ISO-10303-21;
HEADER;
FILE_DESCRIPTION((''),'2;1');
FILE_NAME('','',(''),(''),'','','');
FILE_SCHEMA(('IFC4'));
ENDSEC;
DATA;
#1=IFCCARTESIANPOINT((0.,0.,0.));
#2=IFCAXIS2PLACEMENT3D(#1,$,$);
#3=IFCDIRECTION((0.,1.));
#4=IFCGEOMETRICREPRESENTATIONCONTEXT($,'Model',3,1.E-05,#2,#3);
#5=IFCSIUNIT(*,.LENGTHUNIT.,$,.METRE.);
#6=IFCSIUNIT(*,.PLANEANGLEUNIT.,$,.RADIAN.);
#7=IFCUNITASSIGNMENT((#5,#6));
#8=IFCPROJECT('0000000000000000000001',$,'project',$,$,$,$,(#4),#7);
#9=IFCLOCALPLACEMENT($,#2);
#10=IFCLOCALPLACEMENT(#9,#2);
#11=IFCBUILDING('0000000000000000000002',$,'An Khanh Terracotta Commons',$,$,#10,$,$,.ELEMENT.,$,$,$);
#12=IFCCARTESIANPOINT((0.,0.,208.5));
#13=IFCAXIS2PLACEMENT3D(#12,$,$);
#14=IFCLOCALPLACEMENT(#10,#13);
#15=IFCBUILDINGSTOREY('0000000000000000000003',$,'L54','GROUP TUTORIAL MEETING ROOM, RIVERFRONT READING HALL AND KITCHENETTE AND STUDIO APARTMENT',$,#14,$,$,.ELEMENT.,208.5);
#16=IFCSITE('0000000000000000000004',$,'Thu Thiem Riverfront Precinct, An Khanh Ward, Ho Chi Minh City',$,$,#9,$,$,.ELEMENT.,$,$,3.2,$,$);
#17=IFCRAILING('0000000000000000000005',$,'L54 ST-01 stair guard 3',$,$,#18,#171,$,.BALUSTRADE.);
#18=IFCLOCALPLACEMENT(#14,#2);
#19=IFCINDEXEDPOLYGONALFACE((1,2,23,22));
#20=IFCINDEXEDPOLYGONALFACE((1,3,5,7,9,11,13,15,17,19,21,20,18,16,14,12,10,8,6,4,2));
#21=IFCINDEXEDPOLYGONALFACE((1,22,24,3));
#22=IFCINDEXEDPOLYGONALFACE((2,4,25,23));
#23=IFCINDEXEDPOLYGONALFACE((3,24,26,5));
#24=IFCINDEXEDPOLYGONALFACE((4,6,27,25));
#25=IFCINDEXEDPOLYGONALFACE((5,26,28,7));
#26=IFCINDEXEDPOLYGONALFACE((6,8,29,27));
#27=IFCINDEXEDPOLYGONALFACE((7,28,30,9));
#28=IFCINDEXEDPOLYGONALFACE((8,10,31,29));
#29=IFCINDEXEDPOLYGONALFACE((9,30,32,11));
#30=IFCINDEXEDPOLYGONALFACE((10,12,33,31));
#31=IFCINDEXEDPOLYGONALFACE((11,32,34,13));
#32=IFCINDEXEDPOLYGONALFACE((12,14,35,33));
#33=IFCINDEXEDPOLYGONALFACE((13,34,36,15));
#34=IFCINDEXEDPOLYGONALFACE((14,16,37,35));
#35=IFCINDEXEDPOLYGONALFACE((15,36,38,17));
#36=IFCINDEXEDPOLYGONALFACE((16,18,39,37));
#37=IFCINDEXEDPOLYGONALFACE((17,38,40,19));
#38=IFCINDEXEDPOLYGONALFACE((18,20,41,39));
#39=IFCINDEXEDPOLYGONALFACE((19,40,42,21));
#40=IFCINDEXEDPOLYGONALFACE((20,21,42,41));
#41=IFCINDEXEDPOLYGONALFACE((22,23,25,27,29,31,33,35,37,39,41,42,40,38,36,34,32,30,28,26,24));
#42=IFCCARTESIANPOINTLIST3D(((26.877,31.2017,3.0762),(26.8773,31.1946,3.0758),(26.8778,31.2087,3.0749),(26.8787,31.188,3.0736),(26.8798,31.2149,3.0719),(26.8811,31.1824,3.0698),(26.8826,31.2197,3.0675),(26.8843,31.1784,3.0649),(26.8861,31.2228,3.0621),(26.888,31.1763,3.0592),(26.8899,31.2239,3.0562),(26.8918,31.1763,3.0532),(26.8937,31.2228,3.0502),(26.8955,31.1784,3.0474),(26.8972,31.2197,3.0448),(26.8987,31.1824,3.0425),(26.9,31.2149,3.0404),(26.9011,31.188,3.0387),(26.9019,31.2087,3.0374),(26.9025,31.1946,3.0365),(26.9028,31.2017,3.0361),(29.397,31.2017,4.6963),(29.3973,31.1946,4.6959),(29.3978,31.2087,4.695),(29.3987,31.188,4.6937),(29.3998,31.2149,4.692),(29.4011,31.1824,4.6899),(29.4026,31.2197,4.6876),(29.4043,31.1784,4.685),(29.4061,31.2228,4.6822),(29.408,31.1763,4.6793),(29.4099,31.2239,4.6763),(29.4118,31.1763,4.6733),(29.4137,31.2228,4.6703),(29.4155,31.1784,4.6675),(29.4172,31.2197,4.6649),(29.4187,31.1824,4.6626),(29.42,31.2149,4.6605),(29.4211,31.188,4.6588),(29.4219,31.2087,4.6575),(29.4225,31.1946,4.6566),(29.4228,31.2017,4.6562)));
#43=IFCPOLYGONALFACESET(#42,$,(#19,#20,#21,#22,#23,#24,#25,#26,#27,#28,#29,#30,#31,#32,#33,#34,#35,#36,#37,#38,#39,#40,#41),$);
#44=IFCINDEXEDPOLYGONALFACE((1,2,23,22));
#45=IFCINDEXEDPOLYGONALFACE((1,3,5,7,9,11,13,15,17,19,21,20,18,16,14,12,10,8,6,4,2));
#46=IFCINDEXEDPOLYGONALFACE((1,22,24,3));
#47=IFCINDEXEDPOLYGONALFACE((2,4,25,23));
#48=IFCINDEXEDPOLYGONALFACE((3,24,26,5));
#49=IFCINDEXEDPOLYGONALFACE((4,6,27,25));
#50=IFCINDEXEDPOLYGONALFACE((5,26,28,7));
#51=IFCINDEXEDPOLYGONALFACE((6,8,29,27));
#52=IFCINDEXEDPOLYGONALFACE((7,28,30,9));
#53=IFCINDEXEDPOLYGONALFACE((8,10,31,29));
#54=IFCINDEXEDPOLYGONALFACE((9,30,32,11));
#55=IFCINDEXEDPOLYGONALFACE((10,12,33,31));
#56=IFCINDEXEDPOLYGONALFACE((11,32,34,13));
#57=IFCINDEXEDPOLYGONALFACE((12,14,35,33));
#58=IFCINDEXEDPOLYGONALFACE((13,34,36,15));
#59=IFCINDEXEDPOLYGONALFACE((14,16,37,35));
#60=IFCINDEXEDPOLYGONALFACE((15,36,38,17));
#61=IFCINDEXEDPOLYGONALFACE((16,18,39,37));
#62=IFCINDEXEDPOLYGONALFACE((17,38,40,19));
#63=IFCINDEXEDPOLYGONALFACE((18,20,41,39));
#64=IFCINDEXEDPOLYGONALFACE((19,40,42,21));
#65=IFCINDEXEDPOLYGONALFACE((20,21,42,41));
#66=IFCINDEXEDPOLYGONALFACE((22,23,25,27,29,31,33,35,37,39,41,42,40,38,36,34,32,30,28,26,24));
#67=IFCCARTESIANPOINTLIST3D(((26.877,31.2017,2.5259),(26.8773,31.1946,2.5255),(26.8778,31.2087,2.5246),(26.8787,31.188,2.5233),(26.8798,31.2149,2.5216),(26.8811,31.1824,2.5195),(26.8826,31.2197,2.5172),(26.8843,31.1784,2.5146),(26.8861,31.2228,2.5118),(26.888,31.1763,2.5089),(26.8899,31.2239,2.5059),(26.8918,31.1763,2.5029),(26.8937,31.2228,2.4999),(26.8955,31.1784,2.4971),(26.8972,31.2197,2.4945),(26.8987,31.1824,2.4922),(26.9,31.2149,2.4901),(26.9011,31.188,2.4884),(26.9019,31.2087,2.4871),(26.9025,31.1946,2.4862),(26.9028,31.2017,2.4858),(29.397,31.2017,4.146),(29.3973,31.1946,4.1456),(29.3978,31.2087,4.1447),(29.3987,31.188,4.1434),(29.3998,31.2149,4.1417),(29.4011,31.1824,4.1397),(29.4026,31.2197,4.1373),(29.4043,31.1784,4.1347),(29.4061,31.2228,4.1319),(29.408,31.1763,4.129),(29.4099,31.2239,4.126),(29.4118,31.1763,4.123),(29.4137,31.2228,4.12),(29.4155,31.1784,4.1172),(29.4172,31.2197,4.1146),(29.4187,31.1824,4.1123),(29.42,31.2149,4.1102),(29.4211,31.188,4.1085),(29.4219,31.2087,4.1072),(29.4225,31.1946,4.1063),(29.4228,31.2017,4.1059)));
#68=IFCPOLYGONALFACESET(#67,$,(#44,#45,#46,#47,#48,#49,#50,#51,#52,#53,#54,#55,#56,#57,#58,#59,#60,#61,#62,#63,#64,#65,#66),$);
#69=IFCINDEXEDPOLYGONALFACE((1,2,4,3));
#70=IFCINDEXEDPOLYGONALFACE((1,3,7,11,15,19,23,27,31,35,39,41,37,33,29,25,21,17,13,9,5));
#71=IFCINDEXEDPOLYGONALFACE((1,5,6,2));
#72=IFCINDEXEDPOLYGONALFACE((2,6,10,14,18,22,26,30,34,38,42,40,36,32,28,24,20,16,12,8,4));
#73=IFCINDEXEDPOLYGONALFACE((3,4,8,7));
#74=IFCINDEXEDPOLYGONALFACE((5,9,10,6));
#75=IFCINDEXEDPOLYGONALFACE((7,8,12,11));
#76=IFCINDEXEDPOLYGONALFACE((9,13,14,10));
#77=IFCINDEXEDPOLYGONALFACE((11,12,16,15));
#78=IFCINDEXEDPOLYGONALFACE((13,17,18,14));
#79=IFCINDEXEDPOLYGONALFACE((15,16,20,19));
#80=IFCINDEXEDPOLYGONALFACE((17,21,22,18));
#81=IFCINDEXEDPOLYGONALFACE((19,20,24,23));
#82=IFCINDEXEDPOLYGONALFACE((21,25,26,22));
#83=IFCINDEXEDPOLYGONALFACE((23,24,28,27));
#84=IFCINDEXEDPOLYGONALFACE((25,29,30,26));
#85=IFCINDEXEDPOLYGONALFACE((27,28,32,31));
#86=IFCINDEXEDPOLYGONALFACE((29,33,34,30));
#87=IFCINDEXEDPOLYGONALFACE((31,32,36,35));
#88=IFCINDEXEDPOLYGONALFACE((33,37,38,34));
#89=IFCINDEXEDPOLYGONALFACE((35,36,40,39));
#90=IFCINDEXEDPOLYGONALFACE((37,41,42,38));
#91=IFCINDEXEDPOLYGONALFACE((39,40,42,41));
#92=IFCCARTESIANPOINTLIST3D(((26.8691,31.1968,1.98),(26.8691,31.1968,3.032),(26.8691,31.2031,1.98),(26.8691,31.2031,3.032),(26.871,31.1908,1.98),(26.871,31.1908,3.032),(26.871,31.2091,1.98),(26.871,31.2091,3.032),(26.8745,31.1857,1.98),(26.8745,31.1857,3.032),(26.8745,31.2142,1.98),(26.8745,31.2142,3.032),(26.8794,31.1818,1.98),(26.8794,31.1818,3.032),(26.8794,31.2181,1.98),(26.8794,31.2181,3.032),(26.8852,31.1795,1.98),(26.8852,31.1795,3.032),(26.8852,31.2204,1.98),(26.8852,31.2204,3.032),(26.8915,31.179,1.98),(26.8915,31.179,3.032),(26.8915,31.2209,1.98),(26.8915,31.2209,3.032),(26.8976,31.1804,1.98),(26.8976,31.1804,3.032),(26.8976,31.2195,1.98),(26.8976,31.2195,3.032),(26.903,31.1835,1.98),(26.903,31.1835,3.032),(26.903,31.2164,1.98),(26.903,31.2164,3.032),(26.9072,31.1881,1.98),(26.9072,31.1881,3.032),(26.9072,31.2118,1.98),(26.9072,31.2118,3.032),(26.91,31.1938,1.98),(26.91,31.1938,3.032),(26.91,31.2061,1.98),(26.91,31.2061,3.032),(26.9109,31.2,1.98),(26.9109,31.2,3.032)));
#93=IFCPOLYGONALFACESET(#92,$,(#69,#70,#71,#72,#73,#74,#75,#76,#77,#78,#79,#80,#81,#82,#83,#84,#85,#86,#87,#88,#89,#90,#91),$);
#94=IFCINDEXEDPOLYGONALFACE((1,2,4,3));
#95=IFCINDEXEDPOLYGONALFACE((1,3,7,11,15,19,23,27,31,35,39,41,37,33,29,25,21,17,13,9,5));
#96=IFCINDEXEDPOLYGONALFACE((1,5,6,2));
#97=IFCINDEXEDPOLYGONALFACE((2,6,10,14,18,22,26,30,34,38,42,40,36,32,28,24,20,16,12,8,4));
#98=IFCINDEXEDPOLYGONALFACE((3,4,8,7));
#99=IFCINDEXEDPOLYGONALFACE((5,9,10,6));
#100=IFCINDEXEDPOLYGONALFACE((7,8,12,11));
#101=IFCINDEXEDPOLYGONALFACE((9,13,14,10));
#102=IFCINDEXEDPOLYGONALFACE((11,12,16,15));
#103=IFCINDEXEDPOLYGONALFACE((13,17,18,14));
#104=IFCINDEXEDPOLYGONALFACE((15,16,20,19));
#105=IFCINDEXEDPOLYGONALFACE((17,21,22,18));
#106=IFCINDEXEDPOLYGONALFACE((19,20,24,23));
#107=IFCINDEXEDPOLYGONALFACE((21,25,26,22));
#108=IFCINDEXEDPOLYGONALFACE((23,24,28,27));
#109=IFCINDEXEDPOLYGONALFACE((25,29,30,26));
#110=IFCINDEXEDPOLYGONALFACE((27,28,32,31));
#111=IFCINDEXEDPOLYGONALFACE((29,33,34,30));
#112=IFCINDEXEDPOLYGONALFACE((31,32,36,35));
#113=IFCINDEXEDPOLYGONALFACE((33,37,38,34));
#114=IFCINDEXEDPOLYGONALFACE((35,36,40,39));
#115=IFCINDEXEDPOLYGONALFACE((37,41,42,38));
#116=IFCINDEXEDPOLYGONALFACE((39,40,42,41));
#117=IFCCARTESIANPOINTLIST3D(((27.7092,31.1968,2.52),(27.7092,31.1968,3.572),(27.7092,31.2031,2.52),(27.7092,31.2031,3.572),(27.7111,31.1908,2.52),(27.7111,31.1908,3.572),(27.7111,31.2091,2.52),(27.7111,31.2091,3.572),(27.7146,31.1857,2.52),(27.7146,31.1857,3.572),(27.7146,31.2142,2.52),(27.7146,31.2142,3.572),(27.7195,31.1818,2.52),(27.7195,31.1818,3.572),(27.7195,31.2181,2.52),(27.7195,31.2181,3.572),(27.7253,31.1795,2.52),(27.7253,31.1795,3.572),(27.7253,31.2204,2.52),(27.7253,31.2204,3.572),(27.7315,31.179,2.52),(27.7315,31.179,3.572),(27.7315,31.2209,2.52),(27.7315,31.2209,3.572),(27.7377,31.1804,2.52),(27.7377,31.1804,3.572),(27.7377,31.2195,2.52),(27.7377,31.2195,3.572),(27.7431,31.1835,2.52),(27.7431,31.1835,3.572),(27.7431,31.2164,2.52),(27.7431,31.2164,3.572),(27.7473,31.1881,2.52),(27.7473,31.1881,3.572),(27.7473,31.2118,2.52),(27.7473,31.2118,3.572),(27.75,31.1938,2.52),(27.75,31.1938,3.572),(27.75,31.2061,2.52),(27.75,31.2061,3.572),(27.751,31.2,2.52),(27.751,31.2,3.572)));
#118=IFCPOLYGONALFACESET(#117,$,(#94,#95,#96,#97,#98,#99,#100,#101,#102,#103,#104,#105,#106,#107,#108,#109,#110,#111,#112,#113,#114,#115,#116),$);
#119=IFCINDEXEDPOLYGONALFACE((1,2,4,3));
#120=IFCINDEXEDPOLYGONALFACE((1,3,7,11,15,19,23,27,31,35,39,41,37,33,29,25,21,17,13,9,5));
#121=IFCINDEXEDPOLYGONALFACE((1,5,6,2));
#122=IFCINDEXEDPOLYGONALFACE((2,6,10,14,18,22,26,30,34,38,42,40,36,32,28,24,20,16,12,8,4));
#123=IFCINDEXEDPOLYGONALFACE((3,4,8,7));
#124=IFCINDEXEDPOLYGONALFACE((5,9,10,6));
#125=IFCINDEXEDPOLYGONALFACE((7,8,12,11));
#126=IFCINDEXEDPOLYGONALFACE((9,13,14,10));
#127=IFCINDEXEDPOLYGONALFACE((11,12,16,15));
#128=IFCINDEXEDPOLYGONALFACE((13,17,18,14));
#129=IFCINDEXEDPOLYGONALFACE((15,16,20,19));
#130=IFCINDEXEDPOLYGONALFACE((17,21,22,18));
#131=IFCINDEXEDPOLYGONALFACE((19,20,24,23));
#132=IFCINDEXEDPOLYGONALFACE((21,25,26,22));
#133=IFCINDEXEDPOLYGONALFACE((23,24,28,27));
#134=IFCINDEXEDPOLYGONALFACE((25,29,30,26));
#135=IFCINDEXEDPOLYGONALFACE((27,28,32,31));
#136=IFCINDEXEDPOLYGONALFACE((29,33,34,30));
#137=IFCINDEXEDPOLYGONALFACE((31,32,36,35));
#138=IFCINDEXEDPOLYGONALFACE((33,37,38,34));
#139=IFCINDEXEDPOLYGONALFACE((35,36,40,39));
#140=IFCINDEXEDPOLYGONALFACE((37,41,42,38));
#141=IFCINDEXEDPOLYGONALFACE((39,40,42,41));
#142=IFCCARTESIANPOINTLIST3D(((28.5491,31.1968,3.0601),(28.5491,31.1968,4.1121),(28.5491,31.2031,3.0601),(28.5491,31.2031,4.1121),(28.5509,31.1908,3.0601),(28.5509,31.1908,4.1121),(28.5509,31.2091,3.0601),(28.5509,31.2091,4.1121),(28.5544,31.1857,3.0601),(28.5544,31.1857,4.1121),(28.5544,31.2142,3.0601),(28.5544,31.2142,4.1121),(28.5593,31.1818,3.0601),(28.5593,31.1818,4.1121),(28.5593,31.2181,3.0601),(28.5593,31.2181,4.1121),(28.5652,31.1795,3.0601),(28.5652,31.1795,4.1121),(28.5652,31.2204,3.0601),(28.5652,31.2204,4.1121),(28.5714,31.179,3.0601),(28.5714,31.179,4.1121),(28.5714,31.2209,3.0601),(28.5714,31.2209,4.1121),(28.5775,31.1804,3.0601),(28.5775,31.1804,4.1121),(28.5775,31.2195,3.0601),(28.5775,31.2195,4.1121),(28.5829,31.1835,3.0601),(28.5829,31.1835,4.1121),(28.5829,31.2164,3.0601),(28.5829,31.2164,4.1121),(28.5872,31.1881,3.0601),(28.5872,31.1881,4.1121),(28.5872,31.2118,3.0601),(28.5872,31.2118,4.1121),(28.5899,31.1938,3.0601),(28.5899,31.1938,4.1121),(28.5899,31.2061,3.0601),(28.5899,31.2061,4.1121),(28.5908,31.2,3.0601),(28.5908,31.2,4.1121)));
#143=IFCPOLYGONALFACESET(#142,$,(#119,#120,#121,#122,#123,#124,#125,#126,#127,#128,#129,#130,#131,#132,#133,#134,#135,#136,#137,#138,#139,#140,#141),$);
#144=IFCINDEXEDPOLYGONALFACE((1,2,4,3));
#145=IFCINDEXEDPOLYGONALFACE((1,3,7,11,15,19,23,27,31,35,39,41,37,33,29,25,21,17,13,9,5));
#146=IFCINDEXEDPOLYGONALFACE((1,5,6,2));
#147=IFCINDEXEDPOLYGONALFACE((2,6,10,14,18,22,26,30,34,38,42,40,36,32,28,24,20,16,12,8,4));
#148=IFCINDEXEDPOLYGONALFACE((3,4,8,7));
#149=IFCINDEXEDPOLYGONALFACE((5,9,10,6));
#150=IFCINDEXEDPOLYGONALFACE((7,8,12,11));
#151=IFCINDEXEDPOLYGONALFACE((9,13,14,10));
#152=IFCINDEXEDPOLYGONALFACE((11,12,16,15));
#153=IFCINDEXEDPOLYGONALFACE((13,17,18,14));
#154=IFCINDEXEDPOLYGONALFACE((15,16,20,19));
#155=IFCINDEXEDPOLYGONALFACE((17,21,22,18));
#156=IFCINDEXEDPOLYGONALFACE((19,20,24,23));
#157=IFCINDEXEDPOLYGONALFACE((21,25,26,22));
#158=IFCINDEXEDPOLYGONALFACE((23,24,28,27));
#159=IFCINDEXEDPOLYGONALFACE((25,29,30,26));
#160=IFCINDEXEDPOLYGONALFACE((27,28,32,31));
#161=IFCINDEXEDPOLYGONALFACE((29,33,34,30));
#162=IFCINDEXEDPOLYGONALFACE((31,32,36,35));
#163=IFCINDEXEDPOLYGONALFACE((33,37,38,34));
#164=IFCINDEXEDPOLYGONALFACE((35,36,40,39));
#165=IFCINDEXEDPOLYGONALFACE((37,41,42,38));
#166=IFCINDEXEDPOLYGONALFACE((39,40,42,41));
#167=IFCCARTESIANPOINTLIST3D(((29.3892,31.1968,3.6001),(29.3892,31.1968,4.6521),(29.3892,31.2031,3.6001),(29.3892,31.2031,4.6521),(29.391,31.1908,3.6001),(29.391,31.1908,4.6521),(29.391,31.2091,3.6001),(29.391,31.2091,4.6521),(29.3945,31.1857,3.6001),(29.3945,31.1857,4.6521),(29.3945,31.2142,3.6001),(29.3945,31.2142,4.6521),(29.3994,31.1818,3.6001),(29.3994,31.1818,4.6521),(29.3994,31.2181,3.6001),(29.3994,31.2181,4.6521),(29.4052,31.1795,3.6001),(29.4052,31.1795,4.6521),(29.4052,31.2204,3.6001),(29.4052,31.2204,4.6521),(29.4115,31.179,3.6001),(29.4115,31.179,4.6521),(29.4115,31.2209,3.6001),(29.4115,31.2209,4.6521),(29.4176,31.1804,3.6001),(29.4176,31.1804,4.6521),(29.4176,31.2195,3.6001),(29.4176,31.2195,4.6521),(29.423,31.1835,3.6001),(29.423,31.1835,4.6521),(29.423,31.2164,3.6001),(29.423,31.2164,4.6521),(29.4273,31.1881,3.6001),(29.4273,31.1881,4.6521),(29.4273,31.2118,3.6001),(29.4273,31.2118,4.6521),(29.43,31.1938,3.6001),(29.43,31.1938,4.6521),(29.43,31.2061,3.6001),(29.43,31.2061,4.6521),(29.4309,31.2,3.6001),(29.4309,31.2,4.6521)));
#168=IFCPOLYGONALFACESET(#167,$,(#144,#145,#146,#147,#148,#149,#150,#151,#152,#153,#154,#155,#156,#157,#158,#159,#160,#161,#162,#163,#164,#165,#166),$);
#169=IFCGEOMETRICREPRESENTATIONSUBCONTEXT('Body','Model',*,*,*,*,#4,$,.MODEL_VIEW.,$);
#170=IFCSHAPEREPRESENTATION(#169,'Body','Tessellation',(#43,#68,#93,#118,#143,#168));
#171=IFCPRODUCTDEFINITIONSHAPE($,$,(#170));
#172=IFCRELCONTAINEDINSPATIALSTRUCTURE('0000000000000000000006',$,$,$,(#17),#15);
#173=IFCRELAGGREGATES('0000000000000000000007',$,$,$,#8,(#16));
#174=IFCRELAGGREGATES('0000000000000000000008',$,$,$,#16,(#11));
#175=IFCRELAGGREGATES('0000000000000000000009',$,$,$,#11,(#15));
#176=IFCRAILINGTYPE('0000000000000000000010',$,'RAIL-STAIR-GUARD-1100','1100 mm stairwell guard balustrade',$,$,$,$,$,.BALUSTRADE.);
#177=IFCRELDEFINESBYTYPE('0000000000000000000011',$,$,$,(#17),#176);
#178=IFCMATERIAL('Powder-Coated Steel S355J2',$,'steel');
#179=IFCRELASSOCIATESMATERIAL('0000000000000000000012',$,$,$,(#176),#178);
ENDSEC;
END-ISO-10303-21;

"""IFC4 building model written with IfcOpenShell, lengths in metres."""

from ifc_helpers import new_model, si_unit, direction, frame, origin, origin_2d, place, context, subcontext, project, spatial, circle, extrude, material, type_object, element, save


model = new_model("IFC4")

# Units and contexts
model_context = context("Model", 3, precision=1e-05, world=origin(), true_north=direction((0.0, 1.0)))
body_context = subcontext(model_context, "Body", "Model", "MODEL_VIEW")
ifc_project = project(units=[si_unit("LENGTHUNIT", "METRE"), si_unit("PLANEANGLEUNIT", "RADIAN")], contexts=[model_context])

# Site, building, storey
site_placement = place(None, origin())
site = spatial("IfcSite", under=ifc_project, at=site_placement, Name="Thu Thiem Riverfront Precinct, An Khanh Ward, Ho Chi Minh City", CompositionType="ELEMENT", RefElevation=3.2)
building_placement = place(site_placement, origin())
building = spatial("IfcBuilding", under=site, at=building_placement, Name="An Khanh Terracotta Commons", CompositionType="ELEMENT")
storey_placement = place(building_placement, frame((0.0, 0.0, 208.5)))
storey = spatial("IfcBuildingStorey", under=building, at=storey_placement, Name="L54", Description="GROUP TUTORIAL MEETING ROOM, RIVERFRONT READING HALL AND KITCHENETTE AND STUDIO APARTMENT", CompositionType="ELEMENT", Elevation=208.5)

# Railing
ifc_material_1 = material(Name="Powder-Coated Steel S355J2", Category="steel")
railing_type_1 = type_object("IfcRailingType", Name="RAIL-STAIR-GUARD-1100", Description="1100 mm stairwell guard balustrade", PredefinedType="BALUSTRADE", material=ifc_material_1)
railing_1_placement = place(storey_placement, frame((26.8899, 31.2, 1.98)))
element("IfcRailing", 1, at=railing_1_placement, inside=storey, type_object=railing_type_1, Name="L54 ST-01 stair guard 3", PredefinedType="BALUSTRADE", context=body_context, shape_type="SweptSolid", body=[
    extrude(circle(Radius=0.0239, at=origin_2d()), frame((0.0, 0.0, 1.0762), z_axis=(0.841163, 0.0, 0.540782), x_axis=(0.0, 1.0, 0.0)), (0.0, 0.0, 1.0), 2.9958),
    extrude(circle(Radius=0.0239, at=origin_2d()), frame((0.0, 0.0, 0.5259), z_axis=(0.841163, 0.0, 0.540782), x_axis=(0.0, 1.0, 0.0)), (0.0, 0.0, 1.0), 2.9958),
    extrude(circle(Radius=0.021, at=origin_2d()), origin(), (0.0, 0.0, 1.0), 1.052),
    extrude(circle(Radius=0.021, at=origin_2d()), frame((0.8401, 0.0, 0.54)), (0.0, 0.0, 1.0), 1.052),
    extrude(circle(Radius=0.021, at=origin_2d()), frame((1.6799, 0.0, 1.0801)), (0.0, 0.0, 1.0), 1.052),
    extrude(circle(Radius=0.021, at=origin_2d()), frame((2.52, 0.0, 1.6201)), (0.0, 0.0, 1.0), 1.052),
])

save(model, "model.ifc")
